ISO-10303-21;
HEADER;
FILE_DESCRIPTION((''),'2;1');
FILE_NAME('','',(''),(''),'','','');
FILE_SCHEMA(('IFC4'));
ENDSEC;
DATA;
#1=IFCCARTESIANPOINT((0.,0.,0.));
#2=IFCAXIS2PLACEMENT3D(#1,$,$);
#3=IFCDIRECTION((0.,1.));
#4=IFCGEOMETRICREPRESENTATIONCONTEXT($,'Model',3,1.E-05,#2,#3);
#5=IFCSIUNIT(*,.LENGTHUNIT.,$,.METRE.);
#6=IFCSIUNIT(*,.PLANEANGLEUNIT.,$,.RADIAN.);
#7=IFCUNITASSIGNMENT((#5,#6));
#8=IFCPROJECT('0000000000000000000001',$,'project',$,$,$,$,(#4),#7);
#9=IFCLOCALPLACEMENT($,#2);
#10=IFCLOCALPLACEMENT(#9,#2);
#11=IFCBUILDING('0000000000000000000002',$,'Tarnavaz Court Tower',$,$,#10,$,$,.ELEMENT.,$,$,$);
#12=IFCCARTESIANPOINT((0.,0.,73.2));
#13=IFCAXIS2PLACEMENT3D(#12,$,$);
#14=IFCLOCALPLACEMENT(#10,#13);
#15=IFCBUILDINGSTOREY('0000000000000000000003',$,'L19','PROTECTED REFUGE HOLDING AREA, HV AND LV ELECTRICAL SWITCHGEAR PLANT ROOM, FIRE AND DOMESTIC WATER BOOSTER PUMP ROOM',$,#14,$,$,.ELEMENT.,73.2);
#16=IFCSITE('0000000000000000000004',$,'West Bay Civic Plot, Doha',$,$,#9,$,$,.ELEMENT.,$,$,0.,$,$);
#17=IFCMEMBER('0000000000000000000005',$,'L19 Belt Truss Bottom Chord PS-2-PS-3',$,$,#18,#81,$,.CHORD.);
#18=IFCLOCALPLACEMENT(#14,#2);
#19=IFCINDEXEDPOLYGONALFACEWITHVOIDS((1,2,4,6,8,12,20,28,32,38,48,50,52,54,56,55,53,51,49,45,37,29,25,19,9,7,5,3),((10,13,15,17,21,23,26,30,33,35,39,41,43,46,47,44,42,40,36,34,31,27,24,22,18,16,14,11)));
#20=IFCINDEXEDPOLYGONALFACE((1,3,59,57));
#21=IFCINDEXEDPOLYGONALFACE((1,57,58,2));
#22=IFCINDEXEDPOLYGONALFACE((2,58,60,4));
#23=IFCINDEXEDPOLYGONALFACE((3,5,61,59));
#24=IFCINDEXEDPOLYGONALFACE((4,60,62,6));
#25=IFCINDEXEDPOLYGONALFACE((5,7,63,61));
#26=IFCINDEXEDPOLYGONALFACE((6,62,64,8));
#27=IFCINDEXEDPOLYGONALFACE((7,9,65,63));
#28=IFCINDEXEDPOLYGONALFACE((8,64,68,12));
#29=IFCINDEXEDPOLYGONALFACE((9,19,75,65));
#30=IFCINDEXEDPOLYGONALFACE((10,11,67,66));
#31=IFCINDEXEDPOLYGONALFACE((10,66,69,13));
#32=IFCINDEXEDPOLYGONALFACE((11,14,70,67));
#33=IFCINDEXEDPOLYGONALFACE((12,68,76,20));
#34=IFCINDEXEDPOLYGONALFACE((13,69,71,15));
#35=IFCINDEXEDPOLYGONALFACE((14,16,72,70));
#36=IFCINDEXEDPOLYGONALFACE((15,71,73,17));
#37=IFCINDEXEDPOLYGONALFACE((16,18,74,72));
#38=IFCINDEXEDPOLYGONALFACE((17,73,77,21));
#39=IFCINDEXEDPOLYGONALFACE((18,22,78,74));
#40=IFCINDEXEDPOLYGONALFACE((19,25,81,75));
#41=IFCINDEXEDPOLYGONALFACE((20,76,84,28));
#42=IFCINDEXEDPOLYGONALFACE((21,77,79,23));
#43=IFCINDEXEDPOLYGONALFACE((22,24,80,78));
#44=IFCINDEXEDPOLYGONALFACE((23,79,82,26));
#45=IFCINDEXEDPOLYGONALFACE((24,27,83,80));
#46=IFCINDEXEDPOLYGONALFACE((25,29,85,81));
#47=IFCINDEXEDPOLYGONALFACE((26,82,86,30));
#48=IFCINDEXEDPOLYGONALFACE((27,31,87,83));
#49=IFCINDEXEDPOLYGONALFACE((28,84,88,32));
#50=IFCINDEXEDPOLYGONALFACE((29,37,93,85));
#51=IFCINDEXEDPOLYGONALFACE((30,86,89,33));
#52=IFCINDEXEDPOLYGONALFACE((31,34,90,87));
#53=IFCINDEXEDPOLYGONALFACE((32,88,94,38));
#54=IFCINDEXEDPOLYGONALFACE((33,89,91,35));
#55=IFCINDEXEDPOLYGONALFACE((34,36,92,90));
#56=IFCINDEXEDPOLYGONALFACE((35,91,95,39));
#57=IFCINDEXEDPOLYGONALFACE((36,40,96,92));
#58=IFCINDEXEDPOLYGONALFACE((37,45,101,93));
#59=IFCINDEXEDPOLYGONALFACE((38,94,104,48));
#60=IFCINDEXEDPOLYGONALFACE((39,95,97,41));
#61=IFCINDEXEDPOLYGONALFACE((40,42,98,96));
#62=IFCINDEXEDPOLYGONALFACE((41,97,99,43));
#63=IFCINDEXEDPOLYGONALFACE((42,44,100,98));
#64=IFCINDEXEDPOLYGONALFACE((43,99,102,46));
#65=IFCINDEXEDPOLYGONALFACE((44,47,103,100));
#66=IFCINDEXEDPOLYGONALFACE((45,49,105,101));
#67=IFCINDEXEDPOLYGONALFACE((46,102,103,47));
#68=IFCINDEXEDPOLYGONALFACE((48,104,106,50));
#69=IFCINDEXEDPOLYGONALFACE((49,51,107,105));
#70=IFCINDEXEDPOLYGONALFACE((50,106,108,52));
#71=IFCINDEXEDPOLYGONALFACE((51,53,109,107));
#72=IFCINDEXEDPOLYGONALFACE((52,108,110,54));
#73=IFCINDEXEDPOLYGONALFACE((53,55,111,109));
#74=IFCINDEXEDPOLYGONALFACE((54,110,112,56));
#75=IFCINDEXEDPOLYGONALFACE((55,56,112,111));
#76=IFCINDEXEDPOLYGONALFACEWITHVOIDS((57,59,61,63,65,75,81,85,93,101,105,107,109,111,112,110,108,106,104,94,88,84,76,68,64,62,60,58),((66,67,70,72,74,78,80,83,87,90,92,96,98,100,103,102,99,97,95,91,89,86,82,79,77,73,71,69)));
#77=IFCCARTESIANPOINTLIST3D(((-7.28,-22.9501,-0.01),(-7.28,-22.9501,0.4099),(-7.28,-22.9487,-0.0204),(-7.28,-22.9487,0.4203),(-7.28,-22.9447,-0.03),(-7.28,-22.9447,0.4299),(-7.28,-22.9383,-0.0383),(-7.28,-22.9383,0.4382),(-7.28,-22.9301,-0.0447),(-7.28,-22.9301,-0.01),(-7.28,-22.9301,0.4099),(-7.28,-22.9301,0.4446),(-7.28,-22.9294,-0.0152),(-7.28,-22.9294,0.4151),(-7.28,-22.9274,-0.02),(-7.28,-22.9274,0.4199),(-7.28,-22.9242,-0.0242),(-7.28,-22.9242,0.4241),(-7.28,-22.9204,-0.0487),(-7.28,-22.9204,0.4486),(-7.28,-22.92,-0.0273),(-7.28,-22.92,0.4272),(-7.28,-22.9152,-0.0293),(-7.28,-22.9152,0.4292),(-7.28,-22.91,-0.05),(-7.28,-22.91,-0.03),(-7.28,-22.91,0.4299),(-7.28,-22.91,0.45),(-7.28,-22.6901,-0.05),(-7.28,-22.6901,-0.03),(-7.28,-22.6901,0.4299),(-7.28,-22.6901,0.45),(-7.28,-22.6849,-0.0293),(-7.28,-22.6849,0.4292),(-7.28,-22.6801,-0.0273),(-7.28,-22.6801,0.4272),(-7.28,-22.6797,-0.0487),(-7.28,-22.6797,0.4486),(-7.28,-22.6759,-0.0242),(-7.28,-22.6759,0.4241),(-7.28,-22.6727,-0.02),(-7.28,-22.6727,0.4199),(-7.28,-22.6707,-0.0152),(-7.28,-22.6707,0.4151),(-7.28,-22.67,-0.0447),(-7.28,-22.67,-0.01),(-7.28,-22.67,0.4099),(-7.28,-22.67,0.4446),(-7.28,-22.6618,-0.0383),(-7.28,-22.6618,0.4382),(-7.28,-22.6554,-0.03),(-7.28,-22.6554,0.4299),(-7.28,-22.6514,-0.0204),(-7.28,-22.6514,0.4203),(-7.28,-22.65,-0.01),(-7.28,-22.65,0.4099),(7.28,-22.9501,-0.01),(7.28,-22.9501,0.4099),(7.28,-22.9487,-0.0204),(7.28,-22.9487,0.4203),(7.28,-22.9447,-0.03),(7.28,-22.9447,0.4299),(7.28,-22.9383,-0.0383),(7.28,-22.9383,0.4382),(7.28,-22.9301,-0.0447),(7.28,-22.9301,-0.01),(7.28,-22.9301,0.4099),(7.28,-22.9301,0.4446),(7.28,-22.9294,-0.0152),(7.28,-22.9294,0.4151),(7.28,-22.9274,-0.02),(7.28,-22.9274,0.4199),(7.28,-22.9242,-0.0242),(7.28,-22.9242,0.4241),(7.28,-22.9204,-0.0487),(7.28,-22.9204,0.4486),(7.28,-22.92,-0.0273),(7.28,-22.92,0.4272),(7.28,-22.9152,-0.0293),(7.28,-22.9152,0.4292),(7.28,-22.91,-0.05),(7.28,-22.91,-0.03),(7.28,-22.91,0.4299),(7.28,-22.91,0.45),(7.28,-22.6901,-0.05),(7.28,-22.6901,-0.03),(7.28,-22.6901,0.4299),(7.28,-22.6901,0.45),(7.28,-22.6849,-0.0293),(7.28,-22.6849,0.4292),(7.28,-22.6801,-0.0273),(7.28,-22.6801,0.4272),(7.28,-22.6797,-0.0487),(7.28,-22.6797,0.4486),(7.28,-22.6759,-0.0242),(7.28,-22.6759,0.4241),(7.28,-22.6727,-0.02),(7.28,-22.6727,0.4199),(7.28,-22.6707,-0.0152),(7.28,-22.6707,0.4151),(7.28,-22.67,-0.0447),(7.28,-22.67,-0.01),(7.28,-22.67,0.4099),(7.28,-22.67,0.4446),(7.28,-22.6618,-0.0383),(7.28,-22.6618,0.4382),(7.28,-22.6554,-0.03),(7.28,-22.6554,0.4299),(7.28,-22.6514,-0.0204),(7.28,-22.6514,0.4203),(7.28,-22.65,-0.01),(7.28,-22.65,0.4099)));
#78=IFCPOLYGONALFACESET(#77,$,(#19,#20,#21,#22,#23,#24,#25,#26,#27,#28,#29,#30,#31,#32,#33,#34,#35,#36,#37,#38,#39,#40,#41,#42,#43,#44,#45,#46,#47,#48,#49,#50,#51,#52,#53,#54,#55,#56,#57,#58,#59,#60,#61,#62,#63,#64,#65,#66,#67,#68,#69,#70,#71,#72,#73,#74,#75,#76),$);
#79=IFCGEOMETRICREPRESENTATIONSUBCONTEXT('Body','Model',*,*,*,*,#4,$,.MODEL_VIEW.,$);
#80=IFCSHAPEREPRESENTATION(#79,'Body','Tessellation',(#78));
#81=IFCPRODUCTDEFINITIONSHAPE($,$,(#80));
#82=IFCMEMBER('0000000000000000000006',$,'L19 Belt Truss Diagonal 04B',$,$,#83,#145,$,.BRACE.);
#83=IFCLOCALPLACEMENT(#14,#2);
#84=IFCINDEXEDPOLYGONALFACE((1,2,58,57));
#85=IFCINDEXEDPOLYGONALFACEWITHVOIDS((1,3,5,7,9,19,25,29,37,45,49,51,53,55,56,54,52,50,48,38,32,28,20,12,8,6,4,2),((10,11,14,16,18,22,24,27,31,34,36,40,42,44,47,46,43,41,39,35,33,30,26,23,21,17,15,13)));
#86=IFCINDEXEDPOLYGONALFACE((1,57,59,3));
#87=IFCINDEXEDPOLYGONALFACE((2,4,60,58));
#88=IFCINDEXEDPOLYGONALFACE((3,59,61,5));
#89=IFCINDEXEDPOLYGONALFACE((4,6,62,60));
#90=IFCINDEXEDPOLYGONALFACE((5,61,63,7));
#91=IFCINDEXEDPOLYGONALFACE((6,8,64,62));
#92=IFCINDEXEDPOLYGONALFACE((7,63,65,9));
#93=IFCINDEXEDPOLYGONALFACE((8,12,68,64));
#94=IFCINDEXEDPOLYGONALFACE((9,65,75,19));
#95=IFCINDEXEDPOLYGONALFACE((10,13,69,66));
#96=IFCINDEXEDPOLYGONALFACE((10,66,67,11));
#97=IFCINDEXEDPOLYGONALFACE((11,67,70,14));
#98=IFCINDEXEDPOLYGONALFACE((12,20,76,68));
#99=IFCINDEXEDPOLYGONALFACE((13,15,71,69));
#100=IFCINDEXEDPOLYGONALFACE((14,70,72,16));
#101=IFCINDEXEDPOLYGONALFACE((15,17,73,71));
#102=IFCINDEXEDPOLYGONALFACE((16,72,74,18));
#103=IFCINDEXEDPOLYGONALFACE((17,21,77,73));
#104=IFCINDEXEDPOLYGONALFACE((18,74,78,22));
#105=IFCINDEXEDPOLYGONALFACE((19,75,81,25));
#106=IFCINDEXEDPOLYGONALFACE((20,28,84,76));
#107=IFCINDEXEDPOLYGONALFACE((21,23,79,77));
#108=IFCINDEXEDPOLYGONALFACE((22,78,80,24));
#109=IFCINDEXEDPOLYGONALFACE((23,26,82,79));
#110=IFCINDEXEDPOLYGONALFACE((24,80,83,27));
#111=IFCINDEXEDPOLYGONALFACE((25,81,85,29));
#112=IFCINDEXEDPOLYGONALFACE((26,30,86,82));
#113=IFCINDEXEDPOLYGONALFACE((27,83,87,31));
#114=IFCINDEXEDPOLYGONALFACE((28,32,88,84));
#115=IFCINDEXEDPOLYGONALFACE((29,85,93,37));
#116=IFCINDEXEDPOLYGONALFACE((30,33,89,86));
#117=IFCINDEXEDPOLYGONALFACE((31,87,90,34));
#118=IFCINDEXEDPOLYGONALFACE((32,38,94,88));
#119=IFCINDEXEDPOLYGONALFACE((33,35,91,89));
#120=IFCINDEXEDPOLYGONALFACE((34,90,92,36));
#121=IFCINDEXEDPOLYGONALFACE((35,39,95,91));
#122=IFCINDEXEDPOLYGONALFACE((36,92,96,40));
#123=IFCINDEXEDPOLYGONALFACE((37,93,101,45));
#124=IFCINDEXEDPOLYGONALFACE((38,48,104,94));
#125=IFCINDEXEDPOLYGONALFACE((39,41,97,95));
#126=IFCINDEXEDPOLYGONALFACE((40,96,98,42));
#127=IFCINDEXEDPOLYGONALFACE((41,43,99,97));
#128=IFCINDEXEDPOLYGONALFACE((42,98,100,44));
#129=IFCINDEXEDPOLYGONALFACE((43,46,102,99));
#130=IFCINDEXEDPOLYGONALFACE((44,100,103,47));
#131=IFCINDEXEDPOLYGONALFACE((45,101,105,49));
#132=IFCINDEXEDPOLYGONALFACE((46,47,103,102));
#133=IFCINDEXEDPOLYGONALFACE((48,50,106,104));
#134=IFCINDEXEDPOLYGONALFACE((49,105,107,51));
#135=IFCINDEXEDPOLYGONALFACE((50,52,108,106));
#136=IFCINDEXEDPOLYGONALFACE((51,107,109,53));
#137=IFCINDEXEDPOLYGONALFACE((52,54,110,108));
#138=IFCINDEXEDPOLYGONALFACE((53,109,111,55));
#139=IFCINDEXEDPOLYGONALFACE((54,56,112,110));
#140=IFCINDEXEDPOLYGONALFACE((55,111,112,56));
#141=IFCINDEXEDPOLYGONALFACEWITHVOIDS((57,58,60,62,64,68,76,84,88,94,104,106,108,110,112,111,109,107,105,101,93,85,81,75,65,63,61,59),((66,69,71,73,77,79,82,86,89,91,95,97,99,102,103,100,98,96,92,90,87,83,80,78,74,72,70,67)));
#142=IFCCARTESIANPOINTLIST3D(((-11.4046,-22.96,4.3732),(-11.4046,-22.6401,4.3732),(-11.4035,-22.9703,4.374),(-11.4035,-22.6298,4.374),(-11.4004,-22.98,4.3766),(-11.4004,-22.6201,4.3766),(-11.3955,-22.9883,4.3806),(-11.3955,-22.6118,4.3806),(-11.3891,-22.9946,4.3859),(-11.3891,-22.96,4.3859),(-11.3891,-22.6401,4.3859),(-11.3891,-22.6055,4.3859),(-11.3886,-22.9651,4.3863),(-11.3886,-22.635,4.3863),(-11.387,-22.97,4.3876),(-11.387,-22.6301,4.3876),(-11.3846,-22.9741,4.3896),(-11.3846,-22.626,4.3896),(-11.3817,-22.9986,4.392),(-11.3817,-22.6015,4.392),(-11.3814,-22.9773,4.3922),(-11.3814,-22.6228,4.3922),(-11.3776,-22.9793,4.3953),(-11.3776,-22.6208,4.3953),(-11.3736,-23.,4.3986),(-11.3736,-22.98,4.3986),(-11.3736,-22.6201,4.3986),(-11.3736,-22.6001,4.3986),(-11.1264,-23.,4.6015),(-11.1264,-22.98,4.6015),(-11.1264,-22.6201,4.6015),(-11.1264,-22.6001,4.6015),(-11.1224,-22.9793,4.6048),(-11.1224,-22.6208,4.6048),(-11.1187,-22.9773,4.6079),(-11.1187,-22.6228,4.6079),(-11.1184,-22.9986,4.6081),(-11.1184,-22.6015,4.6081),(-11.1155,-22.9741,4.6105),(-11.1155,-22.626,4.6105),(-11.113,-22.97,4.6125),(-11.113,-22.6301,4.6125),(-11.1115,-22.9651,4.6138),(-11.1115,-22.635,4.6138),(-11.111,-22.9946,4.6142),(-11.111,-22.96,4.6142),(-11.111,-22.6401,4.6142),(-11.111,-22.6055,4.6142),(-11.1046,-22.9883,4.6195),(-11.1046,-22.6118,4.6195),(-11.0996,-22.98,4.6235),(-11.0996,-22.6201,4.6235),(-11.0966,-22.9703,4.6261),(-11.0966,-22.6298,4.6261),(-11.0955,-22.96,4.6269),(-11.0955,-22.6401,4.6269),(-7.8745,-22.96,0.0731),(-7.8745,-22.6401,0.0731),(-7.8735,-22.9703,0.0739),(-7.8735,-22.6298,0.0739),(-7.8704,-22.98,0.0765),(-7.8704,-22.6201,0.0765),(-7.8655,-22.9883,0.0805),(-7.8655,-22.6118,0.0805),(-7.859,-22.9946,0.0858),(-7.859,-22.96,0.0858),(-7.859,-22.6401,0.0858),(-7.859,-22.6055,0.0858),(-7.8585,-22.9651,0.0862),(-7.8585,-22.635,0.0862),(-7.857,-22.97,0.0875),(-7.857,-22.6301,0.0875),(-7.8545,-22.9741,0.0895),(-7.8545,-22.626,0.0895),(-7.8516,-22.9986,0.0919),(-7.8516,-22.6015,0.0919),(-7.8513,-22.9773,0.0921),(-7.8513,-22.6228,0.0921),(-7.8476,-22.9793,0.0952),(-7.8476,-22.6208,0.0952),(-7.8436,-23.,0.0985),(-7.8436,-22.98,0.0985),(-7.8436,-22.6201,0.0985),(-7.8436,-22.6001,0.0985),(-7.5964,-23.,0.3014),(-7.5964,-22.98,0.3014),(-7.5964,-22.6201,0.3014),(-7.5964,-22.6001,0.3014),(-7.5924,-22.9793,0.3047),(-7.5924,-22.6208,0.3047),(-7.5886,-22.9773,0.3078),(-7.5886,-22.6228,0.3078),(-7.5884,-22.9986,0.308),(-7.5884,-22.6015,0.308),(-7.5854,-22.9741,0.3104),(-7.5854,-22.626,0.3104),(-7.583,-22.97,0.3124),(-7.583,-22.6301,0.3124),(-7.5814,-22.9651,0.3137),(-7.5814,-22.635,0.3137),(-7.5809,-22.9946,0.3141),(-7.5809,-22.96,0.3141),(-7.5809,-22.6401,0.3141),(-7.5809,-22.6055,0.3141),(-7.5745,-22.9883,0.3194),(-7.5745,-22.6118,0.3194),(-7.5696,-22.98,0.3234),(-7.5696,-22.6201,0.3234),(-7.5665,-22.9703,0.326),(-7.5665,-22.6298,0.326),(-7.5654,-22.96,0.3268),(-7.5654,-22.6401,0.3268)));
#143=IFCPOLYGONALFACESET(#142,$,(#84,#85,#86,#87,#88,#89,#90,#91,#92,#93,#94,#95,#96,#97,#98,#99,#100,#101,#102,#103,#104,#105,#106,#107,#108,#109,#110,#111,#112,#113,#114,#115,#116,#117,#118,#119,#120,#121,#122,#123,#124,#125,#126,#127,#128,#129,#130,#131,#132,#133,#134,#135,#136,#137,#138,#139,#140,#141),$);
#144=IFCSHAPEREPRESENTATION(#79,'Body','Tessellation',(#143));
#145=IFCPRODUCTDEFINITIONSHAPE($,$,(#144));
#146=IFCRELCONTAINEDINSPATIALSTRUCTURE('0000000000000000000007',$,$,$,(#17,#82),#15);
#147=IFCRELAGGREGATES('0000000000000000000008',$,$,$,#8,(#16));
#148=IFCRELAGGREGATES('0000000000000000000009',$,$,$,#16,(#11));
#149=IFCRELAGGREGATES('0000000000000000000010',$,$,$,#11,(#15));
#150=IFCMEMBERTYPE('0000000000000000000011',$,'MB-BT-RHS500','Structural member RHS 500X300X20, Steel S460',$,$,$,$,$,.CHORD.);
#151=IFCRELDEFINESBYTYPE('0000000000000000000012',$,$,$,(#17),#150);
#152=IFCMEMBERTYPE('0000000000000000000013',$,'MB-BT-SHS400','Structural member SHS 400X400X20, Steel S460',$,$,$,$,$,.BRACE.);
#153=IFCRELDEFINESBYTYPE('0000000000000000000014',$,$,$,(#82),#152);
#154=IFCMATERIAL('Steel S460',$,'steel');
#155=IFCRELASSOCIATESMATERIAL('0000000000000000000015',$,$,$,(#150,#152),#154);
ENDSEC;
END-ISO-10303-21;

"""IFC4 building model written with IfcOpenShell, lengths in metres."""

from ifc_helpers import new_model, si_unit, direction, frame, origin, origin_2d, place, context, subcontext, project, spatial, hollow_rectangle, extrude, material, material_profile, profile_set, type_object, element, save


model = new_model("IFC4")

# Units and contexts
model_context = context("Model", 3, precision=1e-05, world=origin(), true_north=direction((0.0, 1.0)))
body_context = subcontext(model_context, "Body", "Model", "MODEL_VIEW")
ifc_project = project(units=[si_unit("LENGTHUNIT", "METRE"), si_unit("PLANEANGLEUNIT", "RADIAN")], contexts=[model_context])

# Site, building, storey
site_placement = place(None, origin())
site = spatial("IfcSite", under=ifc_project, at=site_placement, Name="West Bay Civic Plot, Doha", CompositionType="ELEMENT", RefElevation=0.0)
building_placement = place(site_placement, origin())
building = spatial("IfcBuilding", under=site, at=building_placement, Name="Tarnavaz Court Tower", CompositionType="ELEMENT")
storey_placement = place(building_placement, frame((0.0, 0.0, 73.2)))
storey = spatial("IfcBuildingStorey", under=building, at=storey_placement, Name="L19", Description="PROTECTED REFUGE HOLDING AREA, HV AND LV ELECTRICAL SWITCHGEAR PLANT ROOM, FIRE AND DOMESTIC WATER BOOSTER PUMP ROOM", CompositionType="ELEMENT", Elevation=73.2)

# Shared definitions
ifc_material_1 = material(Name="Steel S460", Category="steel")

# Members
ifc_material_profile_1 = material_profile(ifc_material_1, hollow_rectangle(XDim=0.3, YDim=0.5, WallThickness=0.02, InnerFilletRadius=0.02, OuterFilletRadius=0.04, at=origin_2d()), Name="RHS 500X300X20")
ifc_profile_set_1 = profile_set([ifc_material_profile_1], Name="Steel S460")
member_type_1 = type_object("IfcMemberType", Name="MB-BT-RHS500", Description="Structural member RHS 500X300X20, Steel S460", PredefinedType="CHORD", material=ifc_profile_set_1)
member_1_placement = place(storey_placement, frame((-7.28, -22.8, 0.2), z_axis=(1.0, 0.0, 0.0), x_axis=(0.0, 1.0, 0.0)))
element("IfcMember", 1, at=member_1_placement, inside=storey, type_object=member_type_1, Name="L19 Belt Truss Bottom Chord PS-2-PS-3", PredefinedType="CHORD", context=body_context, shape_type="SweptSolid", body=[
    extrude(hollow_rectangle(XDim=0.3, YDim=0.5, WallThickness=0.02, InnerFilletRadius=0.02, OuterFilletRadius=0.04, at=origin_2d()), origin(), (0.0, 0.0, 1.0), 14.5601),
])
ifc_material_profile_2 = material_profile(ifc_material_1, hollow_rectangle(XDim=0.3999, YDim=0.3999, WallThickness=0.02, InnerFilletRadius=0.02, OuterFilletRadius=0.04, at=origin_2d()), Name="SHS 400X400X20")
ifc_profile_set_2 = profile_set([ifc_material_profile_2], Name="Steel S460")
member_type_2 = type_object("IfcMemberType", Name="MB-BT-SHS400", Description="Structural member SHS 400X400X20, Steel S460", PredefinedType="BRACE", material=ifc_profile_set_2)
member_2_placement = place(storey_placement, frame((-7.72, -22.8, 0.2), z_axis=(-0.634508, 0.0, 0.772916), x_axis=(0.0, -1.0, 0.0)))
element("IfcMember", 2, at=member_2_placement, inside=storey, type_object=member_type_2, Name="L19 Belt Truss Diagonal 04B", PredefinedType="BRACE", context=body_context, shape_type="SweptSolid", body=[
    extrude(hollow_rectangle(XDim=0.3999, YDim=0.3999, WallThickness=0.02, InnerFilletRadius=0.02, OuterFilletRadius=0.04, at=origin_2d()), origin(), (0.0, 0.0, 1.0), 5.5635),
])

save(model, "model.ifc")
